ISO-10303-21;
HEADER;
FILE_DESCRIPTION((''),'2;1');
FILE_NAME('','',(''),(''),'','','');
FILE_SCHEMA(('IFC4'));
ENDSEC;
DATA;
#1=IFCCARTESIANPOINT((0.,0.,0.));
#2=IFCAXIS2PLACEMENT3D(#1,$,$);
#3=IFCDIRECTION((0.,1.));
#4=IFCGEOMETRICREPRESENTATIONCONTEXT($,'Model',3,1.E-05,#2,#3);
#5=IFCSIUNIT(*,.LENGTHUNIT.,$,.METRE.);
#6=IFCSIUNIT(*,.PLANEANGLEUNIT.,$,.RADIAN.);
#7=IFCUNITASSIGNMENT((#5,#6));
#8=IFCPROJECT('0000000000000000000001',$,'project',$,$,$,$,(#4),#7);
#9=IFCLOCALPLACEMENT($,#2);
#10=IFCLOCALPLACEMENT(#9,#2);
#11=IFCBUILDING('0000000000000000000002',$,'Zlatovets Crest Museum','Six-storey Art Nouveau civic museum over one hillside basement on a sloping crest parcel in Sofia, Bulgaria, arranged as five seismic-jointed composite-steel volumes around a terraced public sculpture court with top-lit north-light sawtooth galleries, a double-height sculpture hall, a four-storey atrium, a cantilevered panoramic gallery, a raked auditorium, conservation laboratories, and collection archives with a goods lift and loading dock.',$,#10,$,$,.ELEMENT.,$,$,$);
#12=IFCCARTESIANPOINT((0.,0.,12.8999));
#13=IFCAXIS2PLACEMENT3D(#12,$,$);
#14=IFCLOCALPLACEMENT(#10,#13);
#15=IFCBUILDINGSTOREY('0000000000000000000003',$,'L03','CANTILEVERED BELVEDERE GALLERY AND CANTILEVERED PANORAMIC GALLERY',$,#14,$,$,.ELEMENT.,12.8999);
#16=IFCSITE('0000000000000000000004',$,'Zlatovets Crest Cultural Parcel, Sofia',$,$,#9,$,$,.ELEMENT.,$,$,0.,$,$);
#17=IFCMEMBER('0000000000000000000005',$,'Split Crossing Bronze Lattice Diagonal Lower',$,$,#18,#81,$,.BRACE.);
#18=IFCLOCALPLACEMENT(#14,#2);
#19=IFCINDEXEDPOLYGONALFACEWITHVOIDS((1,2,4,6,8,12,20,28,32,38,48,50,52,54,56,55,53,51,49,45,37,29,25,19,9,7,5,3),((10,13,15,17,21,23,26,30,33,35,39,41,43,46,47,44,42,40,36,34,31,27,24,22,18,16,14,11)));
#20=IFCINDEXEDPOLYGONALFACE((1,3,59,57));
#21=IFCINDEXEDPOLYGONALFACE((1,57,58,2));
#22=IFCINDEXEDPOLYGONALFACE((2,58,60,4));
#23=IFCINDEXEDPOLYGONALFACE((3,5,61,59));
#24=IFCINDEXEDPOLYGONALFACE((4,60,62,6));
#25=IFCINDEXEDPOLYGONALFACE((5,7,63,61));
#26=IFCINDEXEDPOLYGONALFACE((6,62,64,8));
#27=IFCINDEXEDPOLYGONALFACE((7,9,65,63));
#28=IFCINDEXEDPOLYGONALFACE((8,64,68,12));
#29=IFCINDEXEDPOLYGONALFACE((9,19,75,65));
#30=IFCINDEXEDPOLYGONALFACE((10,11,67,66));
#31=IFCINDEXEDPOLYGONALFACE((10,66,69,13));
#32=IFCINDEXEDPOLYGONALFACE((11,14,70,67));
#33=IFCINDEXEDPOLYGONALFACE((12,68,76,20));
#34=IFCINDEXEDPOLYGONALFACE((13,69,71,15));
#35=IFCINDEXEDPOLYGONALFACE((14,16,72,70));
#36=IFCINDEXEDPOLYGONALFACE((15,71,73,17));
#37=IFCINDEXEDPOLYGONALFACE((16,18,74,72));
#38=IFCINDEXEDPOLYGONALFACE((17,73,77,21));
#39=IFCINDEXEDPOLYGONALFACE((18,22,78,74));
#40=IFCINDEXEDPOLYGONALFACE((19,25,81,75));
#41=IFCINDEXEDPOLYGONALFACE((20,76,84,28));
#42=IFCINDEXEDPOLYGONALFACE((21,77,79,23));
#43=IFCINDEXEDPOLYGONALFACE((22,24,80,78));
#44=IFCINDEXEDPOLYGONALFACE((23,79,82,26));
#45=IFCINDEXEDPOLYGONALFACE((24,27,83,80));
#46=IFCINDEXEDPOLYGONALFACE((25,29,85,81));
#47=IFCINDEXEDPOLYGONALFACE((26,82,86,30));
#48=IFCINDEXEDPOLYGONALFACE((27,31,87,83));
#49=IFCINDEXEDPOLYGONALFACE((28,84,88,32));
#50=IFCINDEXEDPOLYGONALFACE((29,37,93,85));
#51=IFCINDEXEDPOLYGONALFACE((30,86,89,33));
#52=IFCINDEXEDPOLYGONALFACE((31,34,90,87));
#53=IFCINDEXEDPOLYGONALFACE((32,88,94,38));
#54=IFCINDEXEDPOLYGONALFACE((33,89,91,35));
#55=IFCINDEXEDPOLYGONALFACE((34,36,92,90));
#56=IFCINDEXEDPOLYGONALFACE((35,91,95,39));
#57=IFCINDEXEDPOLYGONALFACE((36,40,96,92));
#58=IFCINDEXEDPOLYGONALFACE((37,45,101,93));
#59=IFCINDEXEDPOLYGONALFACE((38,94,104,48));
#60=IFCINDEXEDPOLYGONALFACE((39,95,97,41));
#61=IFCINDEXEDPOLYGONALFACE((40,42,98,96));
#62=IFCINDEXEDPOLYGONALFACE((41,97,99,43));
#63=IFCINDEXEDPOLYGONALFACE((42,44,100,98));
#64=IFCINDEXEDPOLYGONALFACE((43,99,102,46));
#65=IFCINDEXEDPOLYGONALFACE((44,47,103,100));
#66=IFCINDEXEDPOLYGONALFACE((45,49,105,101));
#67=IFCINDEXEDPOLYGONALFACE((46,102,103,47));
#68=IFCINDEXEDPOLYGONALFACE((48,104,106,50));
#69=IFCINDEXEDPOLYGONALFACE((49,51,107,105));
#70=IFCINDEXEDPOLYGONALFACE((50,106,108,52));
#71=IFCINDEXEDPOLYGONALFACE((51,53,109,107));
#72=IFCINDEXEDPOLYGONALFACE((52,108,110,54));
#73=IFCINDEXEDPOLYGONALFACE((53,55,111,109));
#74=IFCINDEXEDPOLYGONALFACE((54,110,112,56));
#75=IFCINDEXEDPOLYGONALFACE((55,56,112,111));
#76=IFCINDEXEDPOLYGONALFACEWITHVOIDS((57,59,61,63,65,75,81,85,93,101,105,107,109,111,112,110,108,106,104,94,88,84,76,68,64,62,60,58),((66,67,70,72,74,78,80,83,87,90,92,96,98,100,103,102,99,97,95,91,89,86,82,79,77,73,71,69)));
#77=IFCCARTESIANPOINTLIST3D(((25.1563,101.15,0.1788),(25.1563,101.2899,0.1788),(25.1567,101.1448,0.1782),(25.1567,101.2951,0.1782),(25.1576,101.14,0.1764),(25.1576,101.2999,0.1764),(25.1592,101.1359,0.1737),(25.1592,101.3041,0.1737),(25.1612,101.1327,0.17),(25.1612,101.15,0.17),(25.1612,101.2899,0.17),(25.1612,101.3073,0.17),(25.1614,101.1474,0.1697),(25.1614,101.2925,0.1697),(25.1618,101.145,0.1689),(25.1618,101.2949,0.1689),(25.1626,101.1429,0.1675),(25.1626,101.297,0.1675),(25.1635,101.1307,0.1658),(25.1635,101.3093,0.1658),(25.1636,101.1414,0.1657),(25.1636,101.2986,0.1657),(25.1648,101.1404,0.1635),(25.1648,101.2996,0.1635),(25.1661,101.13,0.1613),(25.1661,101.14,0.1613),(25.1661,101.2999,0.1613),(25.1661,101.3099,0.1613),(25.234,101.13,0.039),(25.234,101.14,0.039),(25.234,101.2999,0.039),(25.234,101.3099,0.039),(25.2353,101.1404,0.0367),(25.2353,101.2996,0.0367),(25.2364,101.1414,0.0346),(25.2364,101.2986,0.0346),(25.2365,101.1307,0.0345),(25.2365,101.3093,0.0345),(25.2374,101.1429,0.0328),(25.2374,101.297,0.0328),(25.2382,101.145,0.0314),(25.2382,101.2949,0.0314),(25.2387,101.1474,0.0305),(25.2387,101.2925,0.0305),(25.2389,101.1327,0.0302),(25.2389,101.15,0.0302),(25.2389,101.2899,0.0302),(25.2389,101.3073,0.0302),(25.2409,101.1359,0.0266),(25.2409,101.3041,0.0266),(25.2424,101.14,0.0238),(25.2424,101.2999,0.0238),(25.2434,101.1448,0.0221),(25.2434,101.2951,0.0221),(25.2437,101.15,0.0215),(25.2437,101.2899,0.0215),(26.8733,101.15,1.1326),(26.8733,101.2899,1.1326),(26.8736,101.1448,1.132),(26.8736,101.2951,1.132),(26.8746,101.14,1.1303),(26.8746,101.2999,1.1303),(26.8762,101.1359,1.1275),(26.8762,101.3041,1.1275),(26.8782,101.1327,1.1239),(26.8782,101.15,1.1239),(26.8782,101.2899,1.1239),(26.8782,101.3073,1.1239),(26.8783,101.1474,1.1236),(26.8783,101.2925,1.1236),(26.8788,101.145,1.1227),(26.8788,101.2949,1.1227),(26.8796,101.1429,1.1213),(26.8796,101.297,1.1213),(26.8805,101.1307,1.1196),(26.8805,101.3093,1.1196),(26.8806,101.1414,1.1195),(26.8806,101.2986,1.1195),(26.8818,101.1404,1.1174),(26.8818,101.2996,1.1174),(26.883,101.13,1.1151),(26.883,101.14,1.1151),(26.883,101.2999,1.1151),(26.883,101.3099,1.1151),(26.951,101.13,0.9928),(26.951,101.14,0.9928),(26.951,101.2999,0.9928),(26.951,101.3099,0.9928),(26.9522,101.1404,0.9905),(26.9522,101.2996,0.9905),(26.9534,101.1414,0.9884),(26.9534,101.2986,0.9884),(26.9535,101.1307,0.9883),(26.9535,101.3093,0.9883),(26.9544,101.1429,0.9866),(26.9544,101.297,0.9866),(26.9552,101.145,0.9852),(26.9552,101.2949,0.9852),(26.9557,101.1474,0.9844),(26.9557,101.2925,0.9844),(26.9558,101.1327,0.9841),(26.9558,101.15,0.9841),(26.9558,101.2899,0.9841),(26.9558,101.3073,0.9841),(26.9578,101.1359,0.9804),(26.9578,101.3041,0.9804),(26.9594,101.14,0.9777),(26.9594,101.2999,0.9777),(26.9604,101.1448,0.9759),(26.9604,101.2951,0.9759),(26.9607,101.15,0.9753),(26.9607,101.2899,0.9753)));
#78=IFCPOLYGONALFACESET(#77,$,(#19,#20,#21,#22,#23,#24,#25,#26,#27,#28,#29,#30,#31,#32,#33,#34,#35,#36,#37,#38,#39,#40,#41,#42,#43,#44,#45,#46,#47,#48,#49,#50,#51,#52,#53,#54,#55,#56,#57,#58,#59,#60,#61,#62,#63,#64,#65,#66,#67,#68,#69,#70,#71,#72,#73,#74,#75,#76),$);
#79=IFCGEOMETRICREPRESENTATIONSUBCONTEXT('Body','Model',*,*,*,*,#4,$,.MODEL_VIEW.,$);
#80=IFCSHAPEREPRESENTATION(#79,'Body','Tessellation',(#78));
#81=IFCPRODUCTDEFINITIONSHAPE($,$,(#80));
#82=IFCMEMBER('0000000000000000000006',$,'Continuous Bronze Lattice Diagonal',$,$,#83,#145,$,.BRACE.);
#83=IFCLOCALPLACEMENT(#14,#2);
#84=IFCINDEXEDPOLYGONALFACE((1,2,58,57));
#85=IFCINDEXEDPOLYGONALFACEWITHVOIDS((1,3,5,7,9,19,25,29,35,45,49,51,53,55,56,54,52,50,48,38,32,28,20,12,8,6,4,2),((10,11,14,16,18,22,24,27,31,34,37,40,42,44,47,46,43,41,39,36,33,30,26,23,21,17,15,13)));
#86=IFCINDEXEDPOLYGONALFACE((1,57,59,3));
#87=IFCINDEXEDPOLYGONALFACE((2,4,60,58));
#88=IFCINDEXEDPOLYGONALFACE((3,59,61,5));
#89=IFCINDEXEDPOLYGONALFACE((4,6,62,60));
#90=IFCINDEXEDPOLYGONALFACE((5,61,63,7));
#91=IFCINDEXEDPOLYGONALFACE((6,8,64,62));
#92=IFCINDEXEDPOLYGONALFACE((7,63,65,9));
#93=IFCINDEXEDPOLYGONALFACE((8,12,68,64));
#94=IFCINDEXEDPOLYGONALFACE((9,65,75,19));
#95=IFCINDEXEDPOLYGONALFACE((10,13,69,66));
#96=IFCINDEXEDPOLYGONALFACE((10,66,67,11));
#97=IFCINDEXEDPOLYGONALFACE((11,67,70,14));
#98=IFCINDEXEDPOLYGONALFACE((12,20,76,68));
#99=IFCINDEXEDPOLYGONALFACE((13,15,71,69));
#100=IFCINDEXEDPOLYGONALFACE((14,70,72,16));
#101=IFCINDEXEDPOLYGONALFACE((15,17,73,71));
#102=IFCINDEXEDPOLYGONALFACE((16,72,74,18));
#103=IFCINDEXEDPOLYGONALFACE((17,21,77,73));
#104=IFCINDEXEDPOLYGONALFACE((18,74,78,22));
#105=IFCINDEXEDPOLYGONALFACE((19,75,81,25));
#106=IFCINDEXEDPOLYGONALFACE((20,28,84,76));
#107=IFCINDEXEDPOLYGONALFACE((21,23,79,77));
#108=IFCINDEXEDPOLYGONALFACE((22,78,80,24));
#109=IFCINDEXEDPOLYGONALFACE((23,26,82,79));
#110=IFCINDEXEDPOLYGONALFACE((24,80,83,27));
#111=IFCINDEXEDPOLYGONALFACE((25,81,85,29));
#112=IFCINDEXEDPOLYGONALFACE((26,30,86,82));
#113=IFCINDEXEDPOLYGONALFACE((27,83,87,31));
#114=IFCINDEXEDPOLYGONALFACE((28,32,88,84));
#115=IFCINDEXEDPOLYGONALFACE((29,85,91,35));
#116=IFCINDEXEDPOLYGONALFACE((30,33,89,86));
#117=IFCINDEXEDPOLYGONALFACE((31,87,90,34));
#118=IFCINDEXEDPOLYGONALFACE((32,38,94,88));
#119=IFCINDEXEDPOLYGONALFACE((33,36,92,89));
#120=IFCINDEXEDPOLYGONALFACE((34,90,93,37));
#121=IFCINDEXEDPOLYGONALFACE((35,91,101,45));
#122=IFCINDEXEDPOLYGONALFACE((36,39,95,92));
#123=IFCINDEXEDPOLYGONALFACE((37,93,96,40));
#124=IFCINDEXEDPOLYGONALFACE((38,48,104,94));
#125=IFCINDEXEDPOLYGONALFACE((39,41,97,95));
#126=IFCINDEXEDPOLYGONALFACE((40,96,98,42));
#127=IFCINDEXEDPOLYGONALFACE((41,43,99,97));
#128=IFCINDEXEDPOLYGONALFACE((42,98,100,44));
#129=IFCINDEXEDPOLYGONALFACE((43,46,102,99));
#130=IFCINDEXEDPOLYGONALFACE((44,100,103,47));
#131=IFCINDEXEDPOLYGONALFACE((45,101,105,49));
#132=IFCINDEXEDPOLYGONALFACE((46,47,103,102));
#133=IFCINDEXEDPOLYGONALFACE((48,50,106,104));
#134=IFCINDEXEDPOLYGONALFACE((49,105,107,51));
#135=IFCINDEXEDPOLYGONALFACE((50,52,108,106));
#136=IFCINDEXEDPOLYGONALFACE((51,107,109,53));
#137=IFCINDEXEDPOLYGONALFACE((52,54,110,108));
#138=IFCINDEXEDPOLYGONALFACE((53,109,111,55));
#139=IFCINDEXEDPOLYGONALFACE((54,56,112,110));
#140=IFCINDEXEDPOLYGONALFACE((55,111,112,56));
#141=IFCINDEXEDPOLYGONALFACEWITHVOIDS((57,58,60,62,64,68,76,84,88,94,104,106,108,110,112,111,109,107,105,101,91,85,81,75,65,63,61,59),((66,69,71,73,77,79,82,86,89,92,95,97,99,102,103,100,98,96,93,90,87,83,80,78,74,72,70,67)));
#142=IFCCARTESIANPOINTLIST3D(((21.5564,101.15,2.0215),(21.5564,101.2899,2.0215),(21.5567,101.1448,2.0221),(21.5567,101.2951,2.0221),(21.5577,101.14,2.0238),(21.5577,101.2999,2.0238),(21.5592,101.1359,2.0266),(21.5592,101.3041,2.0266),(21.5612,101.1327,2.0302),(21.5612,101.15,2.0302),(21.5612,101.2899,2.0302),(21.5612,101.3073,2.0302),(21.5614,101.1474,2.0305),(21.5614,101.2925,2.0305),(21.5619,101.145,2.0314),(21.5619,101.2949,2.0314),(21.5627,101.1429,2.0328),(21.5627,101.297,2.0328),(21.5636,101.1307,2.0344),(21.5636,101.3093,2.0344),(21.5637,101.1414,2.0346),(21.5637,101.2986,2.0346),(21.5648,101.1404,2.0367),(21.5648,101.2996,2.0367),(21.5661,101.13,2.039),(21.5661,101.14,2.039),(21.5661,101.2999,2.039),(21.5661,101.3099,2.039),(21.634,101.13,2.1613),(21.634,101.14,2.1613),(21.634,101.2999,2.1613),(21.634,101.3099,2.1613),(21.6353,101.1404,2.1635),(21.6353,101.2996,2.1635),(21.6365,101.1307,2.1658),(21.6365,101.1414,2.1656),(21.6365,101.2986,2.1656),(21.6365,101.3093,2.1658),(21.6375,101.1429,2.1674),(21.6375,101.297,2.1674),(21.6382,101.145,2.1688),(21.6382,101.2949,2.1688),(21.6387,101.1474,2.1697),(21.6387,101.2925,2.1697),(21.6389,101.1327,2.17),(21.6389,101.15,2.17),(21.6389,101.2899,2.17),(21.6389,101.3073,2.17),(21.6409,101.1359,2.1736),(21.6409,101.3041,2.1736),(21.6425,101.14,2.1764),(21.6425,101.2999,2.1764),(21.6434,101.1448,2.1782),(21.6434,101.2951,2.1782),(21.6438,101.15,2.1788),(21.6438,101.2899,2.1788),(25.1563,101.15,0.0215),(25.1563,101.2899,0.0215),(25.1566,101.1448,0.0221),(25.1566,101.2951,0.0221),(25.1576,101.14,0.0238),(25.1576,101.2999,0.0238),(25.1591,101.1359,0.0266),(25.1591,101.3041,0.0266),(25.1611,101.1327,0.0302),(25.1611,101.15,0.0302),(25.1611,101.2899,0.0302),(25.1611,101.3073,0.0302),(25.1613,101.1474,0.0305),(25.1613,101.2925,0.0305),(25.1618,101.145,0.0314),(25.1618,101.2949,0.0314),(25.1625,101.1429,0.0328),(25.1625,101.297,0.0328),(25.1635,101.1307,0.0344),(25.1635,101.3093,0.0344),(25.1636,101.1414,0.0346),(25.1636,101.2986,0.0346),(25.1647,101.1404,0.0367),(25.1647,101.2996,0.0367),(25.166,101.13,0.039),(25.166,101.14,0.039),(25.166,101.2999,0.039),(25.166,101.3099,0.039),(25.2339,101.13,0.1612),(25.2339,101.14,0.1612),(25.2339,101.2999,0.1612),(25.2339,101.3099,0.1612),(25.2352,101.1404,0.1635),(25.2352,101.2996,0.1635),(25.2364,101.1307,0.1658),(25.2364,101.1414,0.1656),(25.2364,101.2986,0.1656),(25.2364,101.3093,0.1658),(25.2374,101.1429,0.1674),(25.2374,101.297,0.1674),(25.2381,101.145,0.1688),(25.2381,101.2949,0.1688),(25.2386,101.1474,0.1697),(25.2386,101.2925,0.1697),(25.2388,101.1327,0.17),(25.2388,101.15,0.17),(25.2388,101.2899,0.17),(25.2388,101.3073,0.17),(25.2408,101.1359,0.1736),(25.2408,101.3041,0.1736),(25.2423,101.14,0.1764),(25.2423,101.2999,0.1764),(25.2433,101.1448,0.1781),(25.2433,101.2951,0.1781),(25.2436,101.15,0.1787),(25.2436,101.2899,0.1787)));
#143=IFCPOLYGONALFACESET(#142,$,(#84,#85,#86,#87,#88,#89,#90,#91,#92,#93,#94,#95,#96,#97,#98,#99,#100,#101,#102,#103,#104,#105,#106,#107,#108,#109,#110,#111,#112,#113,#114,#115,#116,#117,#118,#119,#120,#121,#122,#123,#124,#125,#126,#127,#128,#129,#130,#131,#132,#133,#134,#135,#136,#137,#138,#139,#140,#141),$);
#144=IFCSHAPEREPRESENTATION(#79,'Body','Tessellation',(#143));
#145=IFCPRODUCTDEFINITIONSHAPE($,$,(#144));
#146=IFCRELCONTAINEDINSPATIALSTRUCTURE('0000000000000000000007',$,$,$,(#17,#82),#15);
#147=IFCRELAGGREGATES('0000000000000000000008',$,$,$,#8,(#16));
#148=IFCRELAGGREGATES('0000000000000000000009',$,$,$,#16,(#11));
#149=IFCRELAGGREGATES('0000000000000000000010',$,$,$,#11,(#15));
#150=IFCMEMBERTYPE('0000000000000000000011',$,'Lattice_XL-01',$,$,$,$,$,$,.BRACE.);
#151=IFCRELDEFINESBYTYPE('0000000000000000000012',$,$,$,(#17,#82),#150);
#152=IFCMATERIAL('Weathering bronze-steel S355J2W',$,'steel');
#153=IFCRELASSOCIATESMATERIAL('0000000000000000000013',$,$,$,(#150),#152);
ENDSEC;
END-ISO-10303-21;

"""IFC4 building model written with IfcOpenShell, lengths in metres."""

from ifc_helpers import new_model, si_unit, direction, frame, origin, origin_2d, place, context, subcontext, project, spatial, hollow_rectangle, extrude, material, material_profile, profile_set, type_object, element, save


model = new_model("IFC4")

# Units and contexts
model_context = context("Model", 3, precision=1e-05, world=origin(), true_north=direction((0.0, 1.0)))
body_context = subcontext(model_context, "Body", "Model", "MODEL_VIEW")
ifc_project = project(units=[si_unit("LENGTHUNIT", "METRE"), si_unit("PLANEANGLEUNIT", "RADIAN")], contexts=[model_context])

# Site, building, storey
site_placement = place(None, origin())
site = spatial("IfcSite", under=ifc_project, at=site_placement, Name="Zlatovets Crest Cultural Parcel, Sofia", CompositionType="ELEMENT", RefElevation=0.0)
building_placement = place(site_placement, origin())
building = spatial("IfcBuilding", under=site, at=building_placement, Name="Zlatovets Crest Museum", Description="Six-storey Art Nouveau civic museum over one hillside basement on a sloping crest parcel in Sofia, Bulgaria, arranged as five seismic-jointed composite-steel volumes around a terraced public sculpture court with top-lit north-light sawtooth galleries, a double-height sculpture hall, a four-storey atrium, a cantilevered panoramic gallery, a raked auditorium, conservation laboratories, and collection archives with a goods lift and loading dock.", CompositionType="ELEMENT")
storey_placement = place(building_placement, frame((0.0, 0.0, 12.8999)))
storey = spatial("IfcBuildingStorey", under=building, at=storey_placement, Name="L03", Description="CANTILEVERED BELVEDERE GALLERY AND CANTILEVERED PANORAMIC GALLERY", CompositionType="ELEMENT", Elevation=12.8999)

# Members
ifc_material_1 = material(Name="Weathering bronze-steel S355J2W", Category="steel")
ifc_material_profile_1 = material_profile(ifc_material_1, hollow_rectangle(XDim=0.1799, YDim=0.1799, WallThickness=0.01, InnerFilletRadius=0.01, OuterFilletRadius=0.02, at=origin_2d()), Name="SHS 180x180x10.0")
ifc_profile_set_1 = profile_set([ifc_material_profile_1], Name="Weathering bronze-steel S355J2W")
member_type_1 = type_object("IfcMemberType", Name="Lattice_XL-01", PredefinedType="BRACE", material=ifc_profile_set_1)
for number, where, z_axis, x_axis, name in (
    (1, (26.917, 101.22, 1.054), (-0.874169, 0.0, -0.485622), (0.0, -1.0, 0.0), "Split Crossing Bronze Lattice Diagonal Lower"),
):
    element("IfcMember", number, at=place(storey_placement, frame(where, z_axis=z_axis, x_axis=x_axis)), inside=storey, type_object=member_type_1, Name=name, PredefinedType="BRACE", context=body_context, shape_type="SweptSolid", body=[
        extrude(hollow_rectangle(XDim=0.1799, YDim=0.1799, WallThickness=0.01, InnerFilletRadius=0.01, OuterFilletRadius=0.02, at=origin_2d()), origin(), (0.0, 0.0, 1.0), 1.9641),
    ])
member_1_placement = place(storey_placement, frame((25.2, 101.22, 0.1001), z_axis=(-0.874149, 0.0, 0.485658), x_axis=(0.0, -1.0, 0.0)))
element("IfcMember", 2, at=member_1_placement, inside=storey, type_object=member_type_1, Name="Continuous Bronze Lattice Diagonal", PredefinedType="BRACE", context=body_context, shape_type="SweptSolid", body=[
    extrude(hollow_rectangle(XDim=0.1799, YDim=0.1799, WallThickness=0.01, InnerFilletRadius=0.01, OuterFilletRadius=0.02, at=origin_2d()), origin(), (0.0, 0.0, 1.0), 4.1182),
])

save(model, "model.ifc")
